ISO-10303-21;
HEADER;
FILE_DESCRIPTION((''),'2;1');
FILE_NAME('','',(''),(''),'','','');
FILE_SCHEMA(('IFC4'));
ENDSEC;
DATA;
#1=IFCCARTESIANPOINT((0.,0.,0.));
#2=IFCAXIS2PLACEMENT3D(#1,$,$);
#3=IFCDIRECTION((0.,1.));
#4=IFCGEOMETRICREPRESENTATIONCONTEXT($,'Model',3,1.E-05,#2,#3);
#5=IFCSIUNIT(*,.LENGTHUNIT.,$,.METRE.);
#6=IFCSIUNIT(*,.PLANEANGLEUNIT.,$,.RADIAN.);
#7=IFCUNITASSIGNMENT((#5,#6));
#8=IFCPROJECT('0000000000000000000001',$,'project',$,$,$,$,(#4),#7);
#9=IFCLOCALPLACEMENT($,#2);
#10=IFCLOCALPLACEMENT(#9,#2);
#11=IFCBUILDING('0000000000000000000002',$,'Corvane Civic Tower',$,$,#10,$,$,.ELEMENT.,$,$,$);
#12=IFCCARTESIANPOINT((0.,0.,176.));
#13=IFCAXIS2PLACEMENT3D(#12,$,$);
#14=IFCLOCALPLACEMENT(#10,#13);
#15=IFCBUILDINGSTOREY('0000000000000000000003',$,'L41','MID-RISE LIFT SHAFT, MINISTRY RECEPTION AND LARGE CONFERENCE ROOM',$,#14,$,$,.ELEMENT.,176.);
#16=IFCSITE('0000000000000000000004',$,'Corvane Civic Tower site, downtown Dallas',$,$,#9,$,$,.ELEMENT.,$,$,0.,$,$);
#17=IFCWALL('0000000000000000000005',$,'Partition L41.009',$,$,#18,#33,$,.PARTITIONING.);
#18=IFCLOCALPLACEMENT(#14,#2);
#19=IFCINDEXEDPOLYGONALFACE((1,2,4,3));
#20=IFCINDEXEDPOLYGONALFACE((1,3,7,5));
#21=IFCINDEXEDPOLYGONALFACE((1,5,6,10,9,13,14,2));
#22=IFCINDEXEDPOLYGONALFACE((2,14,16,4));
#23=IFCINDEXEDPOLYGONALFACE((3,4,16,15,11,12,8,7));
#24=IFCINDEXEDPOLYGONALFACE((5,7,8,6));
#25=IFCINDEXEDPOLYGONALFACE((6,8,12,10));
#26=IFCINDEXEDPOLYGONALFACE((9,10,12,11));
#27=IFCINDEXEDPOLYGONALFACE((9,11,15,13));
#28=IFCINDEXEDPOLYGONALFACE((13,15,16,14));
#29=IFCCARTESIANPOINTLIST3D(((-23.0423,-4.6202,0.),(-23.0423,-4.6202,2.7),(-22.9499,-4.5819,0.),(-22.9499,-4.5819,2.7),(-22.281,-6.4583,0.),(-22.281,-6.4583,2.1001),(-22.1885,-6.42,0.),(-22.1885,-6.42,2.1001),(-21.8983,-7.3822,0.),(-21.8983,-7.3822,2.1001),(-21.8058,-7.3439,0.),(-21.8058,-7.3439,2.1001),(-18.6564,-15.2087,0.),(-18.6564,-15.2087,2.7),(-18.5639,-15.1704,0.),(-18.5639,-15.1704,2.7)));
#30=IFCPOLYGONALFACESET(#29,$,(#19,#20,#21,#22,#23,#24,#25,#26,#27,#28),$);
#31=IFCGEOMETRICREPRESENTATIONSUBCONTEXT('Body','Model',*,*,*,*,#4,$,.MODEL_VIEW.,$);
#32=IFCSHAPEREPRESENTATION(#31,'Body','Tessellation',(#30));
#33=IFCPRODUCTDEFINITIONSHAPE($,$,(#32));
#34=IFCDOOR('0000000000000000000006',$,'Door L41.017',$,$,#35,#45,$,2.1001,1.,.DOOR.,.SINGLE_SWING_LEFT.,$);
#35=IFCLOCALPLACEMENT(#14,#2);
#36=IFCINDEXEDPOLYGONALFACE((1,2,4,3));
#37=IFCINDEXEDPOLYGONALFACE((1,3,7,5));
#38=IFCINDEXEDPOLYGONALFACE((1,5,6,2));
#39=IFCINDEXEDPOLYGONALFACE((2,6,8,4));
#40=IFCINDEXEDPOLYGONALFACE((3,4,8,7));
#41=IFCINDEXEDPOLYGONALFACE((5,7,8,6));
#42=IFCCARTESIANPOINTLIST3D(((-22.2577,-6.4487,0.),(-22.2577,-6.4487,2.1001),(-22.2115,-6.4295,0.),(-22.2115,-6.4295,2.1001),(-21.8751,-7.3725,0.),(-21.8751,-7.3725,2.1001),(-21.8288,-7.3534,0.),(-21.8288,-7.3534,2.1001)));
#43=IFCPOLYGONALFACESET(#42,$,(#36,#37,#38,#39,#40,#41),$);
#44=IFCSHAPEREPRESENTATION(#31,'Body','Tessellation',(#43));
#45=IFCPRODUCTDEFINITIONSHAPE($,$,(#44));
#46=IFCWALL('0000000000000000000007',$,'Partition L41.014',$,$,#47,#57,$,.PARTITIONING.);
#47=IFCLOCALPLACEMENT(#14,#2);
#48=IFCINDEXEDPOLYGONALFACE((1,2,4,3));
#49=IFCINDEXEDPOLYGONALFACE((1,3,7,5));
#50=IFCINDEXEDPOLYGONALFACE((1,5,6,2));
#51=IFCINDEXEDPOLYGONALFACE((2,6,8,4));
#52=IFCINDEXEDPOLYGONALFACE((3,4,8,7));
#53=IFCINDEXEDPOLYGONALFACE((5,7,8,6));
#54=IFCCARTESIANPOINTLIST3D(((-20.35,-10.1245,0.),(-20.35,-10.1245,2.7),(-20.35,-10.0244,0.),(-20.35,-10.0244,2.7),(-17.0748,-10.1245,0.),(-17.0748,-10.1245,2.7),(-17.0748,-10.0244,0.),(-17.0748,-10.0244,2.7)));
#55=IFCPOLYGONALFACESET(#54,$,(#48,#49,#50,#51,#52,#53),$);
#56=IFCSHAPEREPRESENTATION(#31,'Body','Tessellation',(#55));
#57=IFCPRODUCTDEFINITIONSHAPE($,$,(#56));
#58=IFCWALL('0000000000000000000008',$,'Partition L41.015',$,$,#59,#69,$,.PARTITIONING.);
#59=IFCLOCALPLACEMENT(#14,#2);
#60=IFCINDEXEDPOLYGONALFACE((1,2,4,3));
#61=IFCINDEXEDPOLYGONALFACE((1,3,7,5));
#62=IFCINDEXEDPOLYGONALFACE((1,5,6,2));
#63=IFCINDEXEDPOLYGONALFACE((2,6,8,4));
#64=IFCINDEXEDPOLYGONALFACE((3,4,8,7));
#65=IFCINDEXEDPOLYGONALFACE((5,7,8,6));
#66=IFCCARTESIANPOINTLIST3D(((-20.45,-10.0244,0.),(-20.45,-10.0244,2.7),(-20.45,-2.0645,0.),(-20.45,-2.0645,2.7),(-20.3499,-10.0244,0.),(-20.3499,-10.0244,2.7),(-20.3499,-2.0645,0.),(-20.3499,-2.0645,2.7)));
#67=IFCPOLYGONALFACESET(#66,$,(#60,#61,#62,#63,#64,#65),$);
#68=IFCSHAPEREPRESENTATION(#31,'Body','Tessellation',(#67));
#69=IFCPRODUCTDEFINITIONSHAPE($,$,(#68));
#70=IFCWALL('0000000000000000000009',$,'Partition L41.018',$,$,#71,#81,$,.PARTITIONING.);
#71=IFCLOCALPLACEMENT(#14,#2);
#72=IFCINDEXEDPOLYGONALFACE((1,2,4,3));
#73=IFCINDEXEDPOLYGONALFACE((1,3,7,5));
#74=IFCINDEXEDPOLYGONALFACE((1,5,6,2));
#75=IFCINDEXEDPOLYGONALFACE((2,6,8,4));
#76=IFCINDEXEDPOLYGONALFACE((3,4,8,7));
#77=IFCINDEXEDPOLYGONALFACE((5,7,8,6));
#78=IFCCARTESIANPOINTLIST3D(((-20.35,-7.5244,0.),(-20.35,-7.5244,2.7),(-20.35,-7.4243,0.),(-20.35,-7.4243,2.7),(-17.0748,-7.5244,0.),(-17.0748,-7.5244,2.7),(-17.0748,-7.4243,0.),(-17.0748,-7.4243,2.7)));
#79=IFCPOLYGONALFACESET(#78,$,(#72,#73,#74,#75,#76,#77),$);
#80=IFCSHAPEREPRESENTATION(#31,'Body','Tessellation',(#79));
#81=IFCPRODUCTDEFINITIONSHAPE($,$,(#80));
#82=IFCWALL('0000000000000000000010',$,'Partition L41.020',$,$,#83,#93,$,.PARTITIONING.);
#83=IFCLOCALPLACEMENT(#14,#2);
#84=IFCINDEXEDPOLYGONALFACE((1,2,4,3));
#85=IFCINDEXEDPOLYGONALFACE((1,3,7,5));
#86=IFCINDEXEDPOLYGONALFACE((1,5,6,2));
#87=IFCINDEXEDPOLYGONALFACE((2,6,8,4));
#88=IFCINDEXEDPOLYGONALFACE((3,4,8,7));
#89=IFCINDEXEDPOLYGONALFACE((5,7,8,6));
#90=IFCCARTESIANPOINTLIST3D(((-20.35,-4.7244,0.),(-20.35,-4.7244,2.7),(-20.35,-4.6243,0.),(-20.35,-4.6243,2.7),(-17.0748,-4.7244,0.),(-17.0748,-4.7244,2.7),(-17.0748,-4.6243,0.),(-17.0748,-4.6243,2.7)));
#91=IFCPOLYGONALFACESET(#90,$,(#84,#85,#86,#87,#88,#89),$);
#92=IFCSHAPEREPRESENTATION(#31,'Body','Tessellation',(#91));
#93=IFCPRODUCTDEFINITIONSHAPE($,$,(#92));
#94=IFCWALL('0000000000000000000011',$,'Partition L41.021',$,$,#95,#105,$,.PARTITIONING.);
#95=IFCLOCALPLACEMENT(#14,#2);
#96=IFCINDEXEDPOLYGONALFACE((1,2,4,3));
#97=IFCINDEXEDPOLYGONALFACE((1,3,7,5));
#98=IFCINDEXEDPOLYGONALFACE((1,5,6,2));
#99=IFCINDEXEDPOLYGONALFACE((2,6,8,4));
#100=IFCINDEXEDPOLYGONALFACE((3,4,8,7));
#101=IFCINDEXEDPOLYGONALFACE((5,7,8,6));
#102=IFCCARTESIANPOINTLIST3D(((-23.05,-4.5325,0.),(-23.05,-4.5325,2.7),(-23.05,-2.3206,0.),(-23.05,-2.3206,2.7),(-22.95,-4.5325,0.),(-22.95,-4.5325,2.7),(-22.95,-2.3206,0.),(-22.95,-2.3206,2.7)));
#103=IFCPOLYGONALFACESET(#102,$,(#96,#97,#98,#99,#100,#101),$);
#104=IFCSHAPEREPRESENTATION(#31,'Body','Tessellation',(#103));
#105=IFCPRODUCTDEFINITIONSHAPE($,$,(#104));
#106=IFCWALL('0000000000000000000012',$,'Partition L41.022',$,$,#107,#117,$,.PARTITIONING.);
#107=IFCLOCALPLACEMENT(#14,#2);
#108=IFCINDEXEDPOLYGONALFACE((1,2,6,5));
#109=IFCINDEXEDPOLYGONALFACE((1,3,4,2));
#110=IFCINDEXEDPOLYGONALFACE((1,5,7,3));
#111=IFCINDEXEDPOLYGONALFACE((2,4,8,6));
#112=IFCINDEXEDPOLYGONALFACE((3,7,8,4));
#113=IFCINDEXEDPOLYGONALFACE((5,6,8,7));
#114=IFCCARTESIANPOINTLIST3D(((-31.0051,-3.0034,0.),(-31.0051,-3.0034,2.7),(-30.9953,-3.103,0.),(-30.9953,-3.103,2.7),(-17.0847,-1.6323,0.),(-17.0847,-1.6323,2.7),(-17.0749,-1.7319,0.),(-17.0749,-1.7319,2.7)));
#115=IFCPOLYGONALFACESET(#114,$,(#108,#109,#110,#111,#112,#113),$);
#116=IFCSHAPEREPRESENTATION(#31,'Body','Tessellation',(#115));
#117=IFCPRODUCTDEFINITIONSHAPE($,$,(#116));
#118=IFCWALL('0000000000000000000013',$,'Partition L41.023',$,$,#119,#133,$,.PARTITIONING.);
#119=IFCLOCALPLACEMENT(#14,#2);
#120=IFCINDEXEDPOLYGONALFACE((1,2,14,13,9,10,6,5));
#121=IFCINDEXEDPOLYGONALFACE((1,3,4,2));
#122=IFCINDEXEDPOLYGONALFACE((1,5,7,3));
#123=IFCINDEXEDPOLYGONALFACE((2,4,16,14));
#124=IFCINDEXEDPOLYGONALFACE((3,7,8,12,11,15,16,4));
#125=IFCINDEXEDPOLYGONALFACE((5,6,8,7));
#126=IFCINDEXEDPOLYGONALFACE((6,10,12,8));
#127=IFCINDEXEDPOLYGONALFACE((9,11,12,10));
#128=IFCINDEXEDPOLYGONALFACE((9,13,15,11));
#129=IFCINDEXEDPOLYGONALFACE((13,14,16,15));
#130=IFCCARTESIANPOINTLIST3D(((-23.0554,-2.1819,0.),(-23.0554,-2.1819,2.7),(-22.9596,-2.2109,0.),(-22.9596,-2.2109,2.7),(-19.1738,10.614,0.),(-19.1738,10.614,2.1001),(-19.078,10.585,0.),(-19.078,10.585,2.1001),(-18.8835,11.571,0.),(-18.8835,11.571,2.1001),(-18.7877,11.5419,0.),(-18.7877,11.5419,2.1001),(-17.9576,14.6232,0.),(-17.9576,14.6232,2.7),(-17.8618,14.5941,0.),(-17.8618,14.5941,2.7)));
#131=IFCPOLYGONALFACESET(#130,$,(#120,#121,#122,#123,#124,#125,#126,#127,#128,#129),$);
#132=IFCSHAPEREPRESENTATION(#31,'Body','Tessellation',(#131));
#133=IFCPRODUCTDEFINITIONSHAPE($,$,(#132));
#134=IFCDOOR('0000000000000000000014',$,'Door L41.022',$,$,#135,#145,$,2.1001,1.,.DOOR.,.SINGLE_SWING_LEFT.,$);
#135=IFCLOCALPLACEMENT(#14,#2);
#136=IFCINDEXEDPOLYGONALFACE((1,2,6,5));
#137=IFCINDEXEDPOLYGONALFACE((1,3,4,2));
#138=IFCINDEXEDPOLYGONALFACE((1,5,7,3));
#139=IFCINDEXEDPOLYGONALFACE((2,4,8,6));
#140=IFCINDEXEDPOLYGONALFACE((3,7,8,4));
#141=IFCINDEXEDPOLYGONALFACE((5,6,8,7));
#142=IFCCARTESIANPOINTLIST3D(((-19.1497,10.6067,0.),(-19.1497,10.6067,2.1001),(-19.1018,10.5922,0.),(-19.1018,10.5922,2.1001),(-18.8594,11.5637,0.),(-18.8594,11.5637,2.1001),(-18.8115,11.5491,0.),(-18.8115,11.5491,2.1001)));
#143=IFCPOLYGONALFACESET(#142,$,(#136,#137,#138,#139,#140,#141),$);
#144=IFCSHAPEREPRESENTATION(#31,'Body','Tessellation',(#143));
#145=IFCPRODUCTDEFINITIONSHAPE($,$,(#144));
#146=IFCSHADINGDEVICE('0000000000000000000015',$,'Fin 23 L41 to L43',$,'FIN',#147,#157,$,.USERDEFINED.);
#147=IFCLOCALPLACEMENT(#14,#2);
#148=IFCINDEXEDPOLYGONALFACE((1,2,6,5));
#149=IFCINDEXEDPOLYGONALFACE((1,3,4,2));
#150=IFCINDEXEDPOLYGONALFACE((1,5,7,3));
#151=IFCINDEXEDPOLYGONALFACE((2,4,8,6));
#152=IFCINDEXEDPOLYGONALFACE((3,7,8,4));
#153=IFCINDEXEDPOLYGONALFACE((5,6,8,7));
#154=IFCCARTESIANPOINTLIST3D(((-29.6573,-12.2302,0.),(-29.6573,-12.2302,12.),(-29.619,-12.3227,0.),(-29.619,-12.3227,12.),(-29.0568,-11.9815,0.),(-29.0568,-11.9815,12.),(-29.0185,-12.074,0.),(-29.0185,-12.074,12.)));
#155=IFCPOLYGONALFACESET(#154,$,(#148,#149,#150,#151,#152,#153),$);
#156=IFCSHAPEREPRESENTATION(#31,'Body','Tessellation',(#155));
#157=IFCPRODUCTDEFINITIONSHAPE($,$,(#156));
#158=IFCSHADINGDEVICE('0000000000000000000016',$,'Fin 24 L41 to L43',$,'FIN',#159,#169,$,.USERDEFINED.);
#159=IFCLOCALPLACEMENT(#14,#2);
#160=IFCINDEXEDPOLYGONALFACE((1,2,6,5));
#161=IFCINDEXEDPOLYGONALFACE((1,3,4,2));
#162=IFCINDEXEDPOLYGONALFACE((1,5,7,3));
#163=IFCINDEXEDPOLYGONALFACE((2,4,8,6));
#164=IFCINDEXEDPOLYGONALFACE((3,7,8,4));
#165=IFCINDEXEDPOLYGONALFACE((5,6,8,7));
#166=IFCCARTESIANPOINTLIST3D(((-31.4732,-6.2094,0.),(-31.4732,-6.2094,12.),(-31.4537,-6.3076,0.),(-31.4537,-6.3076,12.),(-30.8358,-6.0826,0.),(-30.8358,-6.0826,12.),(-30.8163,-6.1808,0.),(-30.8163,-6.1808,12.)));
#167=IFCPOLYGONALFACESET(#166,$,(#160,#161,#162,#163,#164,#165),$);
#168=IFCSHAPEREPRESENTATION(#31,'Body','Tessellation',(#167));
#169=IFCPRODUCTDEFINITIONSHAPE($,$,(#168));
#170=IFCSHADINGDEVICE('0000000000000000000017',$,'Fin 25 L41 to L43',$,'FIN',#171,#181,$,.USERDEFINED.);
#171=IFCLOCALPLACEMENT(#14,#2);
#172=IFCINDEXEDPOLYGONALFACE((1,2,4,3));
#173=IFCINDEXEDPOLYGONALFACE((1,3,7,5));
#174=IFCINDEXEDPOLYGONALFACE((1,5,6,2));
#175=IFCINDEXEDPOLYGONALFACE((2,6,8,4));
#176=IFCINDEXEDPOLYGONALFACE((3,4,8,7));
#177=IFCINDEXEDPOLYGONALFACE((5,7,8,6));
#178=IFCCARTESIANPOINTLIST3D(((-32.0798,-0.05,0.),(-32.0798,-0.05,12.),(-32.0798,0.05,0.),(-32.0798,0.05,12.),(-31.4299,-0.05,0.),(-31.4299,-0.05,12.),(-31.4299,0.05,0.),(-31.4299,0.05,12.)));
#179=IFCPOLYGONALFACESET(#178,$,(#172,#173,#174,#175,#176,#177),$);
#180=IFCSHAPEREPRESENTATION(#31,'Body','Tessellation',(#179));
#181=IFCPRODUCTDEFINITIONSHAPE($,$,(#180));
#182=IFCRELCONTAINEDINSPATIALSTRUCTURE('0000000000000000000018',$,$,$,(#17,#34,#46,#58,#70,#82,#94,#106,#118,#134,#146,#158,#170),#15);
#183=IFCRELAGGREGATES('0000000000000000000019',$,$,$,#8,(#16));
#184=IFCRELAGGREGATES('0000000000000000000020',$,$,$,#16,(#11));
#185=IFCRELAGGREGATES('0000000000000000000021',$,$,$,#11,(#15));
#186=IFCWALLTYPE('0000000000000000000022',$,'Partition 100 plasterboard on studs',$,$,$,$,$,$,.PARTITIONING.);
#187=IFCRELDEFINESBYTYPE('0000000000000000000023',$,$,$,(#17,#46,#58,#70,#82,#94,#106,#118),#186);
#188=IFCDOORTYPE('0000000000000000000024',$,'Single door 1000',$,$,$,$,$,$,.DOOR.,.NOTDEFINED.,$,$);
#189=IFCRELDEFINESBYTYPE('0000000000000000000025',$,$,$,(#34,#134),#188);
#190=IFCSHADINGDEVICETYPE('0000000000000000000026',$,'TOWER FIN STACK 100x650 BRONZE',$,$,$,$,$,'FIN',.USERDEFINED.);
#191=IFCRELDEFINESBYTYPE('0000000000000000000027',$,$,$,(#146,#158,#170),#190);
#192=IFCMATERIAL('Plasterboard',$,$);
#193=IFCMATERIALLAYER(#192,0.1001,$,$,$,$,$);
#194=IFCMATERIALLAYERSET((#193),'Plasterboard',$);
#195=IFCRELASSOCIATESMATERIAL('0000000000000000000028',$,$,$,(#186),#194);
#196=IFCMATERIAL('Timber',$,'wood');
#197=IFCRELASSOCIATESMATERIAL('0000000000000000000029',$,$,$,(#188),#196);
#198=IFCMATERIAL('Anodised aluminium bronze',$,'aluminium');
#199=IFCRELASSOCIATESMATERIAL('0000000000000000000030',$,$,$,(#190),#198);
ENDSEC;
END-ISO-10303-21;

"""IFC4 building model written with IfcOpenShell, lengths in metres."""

from ifc_helpers import new_model, si_unit, direction, frame, frame_2d, origin, origin_2d, place, context, subcontext, project, spatial, rectangle, extrude, material, layer, layer_set, material_profile, profile_set, type_object, element, fill, save


model = new_model("IFC4")

# Units and contexts
model_context = context("Model", 3, precision=1e-05, world=origin(), true_north=direction((0.0, 1.0)))
body_context = subcontext(model_context, "Body", "Model", "MODEL_VIEW")
ifc_project = project(units=[si_unit("LENGTHUNIT", "METRE"), si_unit("PLANEANGLEUNIT", "RADIAN")], contexts=[model_context])

# Site, building, storey
site_placement = place(None, origin())
site = spatial("IfcSite", under=ifc_project, at=site_placement, Name="Corvane Civic Tower site, downtown Dallas", CompositionType="ELEMENT", RefElevation=0.0)
building_placement = place(site_placement, origin())
building = spatial("IfcBuilding", under=site, at=building_placement, Name="Corvane Civic Tower", CompositionType="ELEMENT")
storey_placement = place(building_placement, frame((0.0, 0.0, 176.0)))
storey = spatial("IfcBuildingStorey", under=building, at=storey_placement, Name="L41", Description="MID-RISE LIFT SHAFT, MINISTRY RECEPTION AND LARGE CONFERENCE ROOM", CompositionType="ELEMENT", Elevation=176.0)

# Wall, opening, door
ifc_material_1 = material(Name="Plasterboard")
ifc_layer_1 = layer(ifc_material_1, 0.1001)
ifc_layer_set_1 = layer_set([ifc_layer_1], Name="Plasterboard")
wall_type = type_object("IfcWallType", Name="Partition 100 plasterboard on studs", PredefinedType="PARTITIONING", material=ifc_layer_set_1)
wall_1_placement = place(storey_placement, frame((-22.9961, -4.6011, 0.0), z_axis=(0.0, 0.0, 1.0), x_axis=(0.382686, -0.923878, 0.0)))
wall_1 = element("IfcWall", 1, at=wall_1_placement, inside=storey, type_object=wall_type, Name="Partition L41.009", PredefinedType="PARTITIONING", context=body_context, shape_type="SweptSolid", body=[
    extrude(rectangle(XDim=11.4609, YDim=0.1001, at=frame_2d((5.7305, 0.0))), origin(), (0.0, 0.0, 1.0), 2.7),
])
opening_1_placement = place(wall_1_placement, frame((1.9895, 0.0, 0.0)))
opening_1 = element("IfcOpeningElement", 2, at=opening_1_placement, cuts=wall_1, PredefinedType="OPENING", context=body_context, shape_type="SweptSolid", body=[
    extrude(rectangle(XDim=1.0, YDim=2.1001, at=frame_2d((0.5, 1.05))), frame((0.0, 0.0601, 0.0), z_axis=(0.0, -1.0, 0.0), x_axis=(1.0, 0.0, 0.0)), (0.0, 0.0, 1.0), 0.1201),
])
ifc_material_2 = material(Name="Timber", Category="wood")
door_type = type_object("IfcDoorType", Name="Single door 1000", OperationType="NOTDEFINED", PredefinedType="DOOR", material=ifc_material_2)
door_1_placement = place(opening_1_placement, frame((1.0, 0.0, 0.0), z_axis=(0.0, 0.0, 1.0), x_axis=(-1.0, 0.0, 0.0)))
door_1 = element("IfcDoor", 3, at=door_1_placement, inside=storey, type_object=door_type, Name="Door L41.017", OperationType="SINGLE_SWING_LEFT", OverallHeight=2.1001, OverallWidth=1.0, PredefinedType="DOOR", context=body_context, shape_type="SweptSolid", body=[
    extrude(rectangle(XDim=1.0, YDim=2.1001, at=frame_2d((0.5, 1.05))), frame((0.0, 0.0249, 0.0), z_axis=(0.0, -1.0, 0.0), x_axis=(1.0, 0.0, 0.0)), (0.0, 0.0, 1.0), 0.05),
])
fill(opening_1, door_1)

# Walls
wall_2_placement = place(storey_placement, frame((-20.3501, -10.0745, 0.0), z_axis=(0.0, 0.0, 1.0), x_axis=(1.0, 0.0, 0.0)))
element("IfcWall", 4, at=wall_2_placement, inside=storey, type_object=wall_type, Name="Partition L41.014", PredefinedType="PARTITIONING", context=body_context, shape_type="SweptSolid", body=[
    extrude(rectangle(XDim=3.2751, YDim=0.1001, at=frame_2d((1.6377, 0.0))), origin(), (0.0, 0.0, 1.0), 2.7),
])
wall_3_placement = place(storey_placement, frame((-20.3999, -10.0244, 0.0), z_axis=(0.0, 0.0, 1.0), x_axis=(0.0, 1.0, 0.0)))
element("IfcWall", 5, at=wall_3_placement, inside=storey, type_object=wall_type, Name="Partition L41.015", PredefinedType="PARTITIONING", context=body_context, shape_type="SweptSolid", body=[
    extrude(rectangle(XDim=7.96, YDim=0.1001, at=frame_2d((3.98, 0.0))), origin(), (0.0, 0.0, 1.0), 2.7),
])
for number, where, z_axis, x_axis, name in (
    (6, (-20.3501, -7.4744, 0.0), (0.0, 0.0, 1.0), (1.0, 0.0, 0.0), "Partition L41.018"),
    (7, (-20.3501, -4.6743, 0.0), (0.0, 0.0, 1.0), (1.0, 0.0, 0.0), "Partition L41.020"),
):
    element("IfcWall", number, at=place(storey_placement, frame(where, z_axis=z_axis, x_axis=x_axis)), inside=storey, type_object=wall_type, Name=name, PredefinedType="PARTITIONING", context=body_context, shape_type="SweptSolid", body=[
        extrude(rectangle(XDim=3.2751, YDim=0.1001, at=frame_2d((1.6377, 0.0))), origin(), (0.0, 0.0, 1.0), 2.7),
    ])
wall_4_placement = place(storey_placement, frame((-23.0, -4.5325, 0.0), z_axis=(0.0, 0.0, 1.0), x_axis=(0.0, 1.0, 0.0)))
element("IfcWall", 8, at=wall_4_placement, inside=storey, type_object=wall_type, Name="Partition L41.021", PredefinedType="PARTITIONING", context=body_context, shape_type="SweptSolid", body=[
    extrude(rectangle(XDim=2.2119, YDim=0.1001, at=frame_2d((1.106, 0.0))), origin(), (0.0, 0.0, 1.0), 2.7),
])
wall_5_placement = place(storey_placement, frame((-31.0002, -3.0532, 0.0), z_axis=(0.0, 0.0, 1.0), x_axis=(0.995184, 0.098021, 0.0)))
element("IfcWall", 9, at=wall_5_placement, inside=storey, type_object=wall_type, Name="Partition L41.022", PredefinedType="PARTITIONING", context=body_context, shape_type="SweptSolid", body=[
    extrude(rectangle(XDim=13.9878, YDim=0.1001, at=frame_2d((6.9939, 0.0))), origin(), (0.0, 0.0, 1.0), 2.7),
])

# Wall, opening, door
wall_6_placement = place(storey_placement, frame((-23.0076, -2.1965, 0.0), z_axis=(0.0, 0.0, 1.0), x_axis=(0.29029, 0.956939, 0.0)))
wall_6 = element("IfcWall", 10, at=wall_6_placement, inside=storey, type_object=wall_type, Name="Partition L41.023", PredefinedType="PARTITIONING", context=body_context, shape_type="SweptSolid", body=[
    extrude(rectangle(XDim=17.5613, YDim=0.1001, at=frame_2d((8.7808, 0.0))), origin(), (0.0, 0.0, 1.0), 2.7),
])
opening_2_placement = place(wall_6_placement, frame((13.3718, 0.0, 0.0)))
opening_2 = element("IfcOpeningElement", 11, at=opening_2_placement, cuts=wall_6, PredefinedType="OPENING", context=body_context, shape_type="SweptSolid", body=[
    extrude(rectangle(XDim=1.0, YDim=2.1001, at=frame_2d((0.5, 1.05))), frame((0.0, 0.0601, 0.0), z_axis=(0.0, -1.0, 0.0), x_axis=(1.0, 0.0, 0.0)), (0.0, 0.0, 1.0), 0.1201),
])
door_2_placement = place(opening_2_placement, origin())
door_2 = element("IfcDoor", 12, at=door_2_placement, inside=storey, type_object=door_type, Name="Door L41.022", OperationType="SINGLE_SWING_LEFT", OverallHeight=2.1001, OverallWidth=1.0, PredefinedType="DOOR", context=body_context, shape_type="SweptSolid", body=[
    extrude(rectangle(XDim=1.0, YDim=2.1001, at=frame_2d((0.5, 1.05))), frame((0.0, 0.0249, 0.0), z_axis=(0.0, -1.0, 0.0), x_axis=(1.0, 0.0, 0.0)), (0.0, 0.0, 1.0), 0.05),
])
fill(opening_2, door_2)

# Shading devices
ifc_material_3 = material(Name="Anodised aluminium bronze", Category="aluminium")
ifc_material_profile_1 = material_profile(ifc_material_3, rectangle(XDim=0.1001, YDim=0.6499, at=origin_2d()), Name="TOWER FIN STACK 100x650 BRONZE")
ifc_profile_set_1 = profile_set([ifc_material_profile_1], Name="Anodised aluminium bronze")
shading_device_type = type_object("IfcShadingDeviceType", Name="TOWER FIN STACK 100x650 BRONZE", ElementType="FIN", PredefinedType="USERDEFINED", material=ifc_profile_set_1)
for number, where, z_axis, x_axis, name in (
    (13, (-29.3379, -12.1521, 0.0), (0.0, 0.0, 1.0), (-0.382683, 0.92388, 0.0), "Fin 23 L41 to L43"),
    (14, (-31.1448, -6.1951, 0.0), (0.0, 0.0, 1.0), (-0.19509, 0.980785, 0.0), "Fin 24 L41 to L43"),
    (15, (-31.7549, 0.0, 0.0), (0.0, 0.0, 1.0), (0.0, 1.0, 0.0), "Fin 25 L41 to L43"),
):
    element("IfcShadingDevice", number, at=place(storey_placement, frame(where, z_axis=z_axis, x_axis=x_axis)), inside=storey, type_object=shading_device_type, Name=name, ObjectType="FIN", PredefinedType="USERDEFINED", context=body_context, shape_type="SweptSolid", body=[
        extrude(rectangle(XDim=0.1001, YDim=0.6499, at=origin_2d()), origin(), (0.0, 0.0, 1.0), 12.0),
    ])

save(model, "model.ifc")
